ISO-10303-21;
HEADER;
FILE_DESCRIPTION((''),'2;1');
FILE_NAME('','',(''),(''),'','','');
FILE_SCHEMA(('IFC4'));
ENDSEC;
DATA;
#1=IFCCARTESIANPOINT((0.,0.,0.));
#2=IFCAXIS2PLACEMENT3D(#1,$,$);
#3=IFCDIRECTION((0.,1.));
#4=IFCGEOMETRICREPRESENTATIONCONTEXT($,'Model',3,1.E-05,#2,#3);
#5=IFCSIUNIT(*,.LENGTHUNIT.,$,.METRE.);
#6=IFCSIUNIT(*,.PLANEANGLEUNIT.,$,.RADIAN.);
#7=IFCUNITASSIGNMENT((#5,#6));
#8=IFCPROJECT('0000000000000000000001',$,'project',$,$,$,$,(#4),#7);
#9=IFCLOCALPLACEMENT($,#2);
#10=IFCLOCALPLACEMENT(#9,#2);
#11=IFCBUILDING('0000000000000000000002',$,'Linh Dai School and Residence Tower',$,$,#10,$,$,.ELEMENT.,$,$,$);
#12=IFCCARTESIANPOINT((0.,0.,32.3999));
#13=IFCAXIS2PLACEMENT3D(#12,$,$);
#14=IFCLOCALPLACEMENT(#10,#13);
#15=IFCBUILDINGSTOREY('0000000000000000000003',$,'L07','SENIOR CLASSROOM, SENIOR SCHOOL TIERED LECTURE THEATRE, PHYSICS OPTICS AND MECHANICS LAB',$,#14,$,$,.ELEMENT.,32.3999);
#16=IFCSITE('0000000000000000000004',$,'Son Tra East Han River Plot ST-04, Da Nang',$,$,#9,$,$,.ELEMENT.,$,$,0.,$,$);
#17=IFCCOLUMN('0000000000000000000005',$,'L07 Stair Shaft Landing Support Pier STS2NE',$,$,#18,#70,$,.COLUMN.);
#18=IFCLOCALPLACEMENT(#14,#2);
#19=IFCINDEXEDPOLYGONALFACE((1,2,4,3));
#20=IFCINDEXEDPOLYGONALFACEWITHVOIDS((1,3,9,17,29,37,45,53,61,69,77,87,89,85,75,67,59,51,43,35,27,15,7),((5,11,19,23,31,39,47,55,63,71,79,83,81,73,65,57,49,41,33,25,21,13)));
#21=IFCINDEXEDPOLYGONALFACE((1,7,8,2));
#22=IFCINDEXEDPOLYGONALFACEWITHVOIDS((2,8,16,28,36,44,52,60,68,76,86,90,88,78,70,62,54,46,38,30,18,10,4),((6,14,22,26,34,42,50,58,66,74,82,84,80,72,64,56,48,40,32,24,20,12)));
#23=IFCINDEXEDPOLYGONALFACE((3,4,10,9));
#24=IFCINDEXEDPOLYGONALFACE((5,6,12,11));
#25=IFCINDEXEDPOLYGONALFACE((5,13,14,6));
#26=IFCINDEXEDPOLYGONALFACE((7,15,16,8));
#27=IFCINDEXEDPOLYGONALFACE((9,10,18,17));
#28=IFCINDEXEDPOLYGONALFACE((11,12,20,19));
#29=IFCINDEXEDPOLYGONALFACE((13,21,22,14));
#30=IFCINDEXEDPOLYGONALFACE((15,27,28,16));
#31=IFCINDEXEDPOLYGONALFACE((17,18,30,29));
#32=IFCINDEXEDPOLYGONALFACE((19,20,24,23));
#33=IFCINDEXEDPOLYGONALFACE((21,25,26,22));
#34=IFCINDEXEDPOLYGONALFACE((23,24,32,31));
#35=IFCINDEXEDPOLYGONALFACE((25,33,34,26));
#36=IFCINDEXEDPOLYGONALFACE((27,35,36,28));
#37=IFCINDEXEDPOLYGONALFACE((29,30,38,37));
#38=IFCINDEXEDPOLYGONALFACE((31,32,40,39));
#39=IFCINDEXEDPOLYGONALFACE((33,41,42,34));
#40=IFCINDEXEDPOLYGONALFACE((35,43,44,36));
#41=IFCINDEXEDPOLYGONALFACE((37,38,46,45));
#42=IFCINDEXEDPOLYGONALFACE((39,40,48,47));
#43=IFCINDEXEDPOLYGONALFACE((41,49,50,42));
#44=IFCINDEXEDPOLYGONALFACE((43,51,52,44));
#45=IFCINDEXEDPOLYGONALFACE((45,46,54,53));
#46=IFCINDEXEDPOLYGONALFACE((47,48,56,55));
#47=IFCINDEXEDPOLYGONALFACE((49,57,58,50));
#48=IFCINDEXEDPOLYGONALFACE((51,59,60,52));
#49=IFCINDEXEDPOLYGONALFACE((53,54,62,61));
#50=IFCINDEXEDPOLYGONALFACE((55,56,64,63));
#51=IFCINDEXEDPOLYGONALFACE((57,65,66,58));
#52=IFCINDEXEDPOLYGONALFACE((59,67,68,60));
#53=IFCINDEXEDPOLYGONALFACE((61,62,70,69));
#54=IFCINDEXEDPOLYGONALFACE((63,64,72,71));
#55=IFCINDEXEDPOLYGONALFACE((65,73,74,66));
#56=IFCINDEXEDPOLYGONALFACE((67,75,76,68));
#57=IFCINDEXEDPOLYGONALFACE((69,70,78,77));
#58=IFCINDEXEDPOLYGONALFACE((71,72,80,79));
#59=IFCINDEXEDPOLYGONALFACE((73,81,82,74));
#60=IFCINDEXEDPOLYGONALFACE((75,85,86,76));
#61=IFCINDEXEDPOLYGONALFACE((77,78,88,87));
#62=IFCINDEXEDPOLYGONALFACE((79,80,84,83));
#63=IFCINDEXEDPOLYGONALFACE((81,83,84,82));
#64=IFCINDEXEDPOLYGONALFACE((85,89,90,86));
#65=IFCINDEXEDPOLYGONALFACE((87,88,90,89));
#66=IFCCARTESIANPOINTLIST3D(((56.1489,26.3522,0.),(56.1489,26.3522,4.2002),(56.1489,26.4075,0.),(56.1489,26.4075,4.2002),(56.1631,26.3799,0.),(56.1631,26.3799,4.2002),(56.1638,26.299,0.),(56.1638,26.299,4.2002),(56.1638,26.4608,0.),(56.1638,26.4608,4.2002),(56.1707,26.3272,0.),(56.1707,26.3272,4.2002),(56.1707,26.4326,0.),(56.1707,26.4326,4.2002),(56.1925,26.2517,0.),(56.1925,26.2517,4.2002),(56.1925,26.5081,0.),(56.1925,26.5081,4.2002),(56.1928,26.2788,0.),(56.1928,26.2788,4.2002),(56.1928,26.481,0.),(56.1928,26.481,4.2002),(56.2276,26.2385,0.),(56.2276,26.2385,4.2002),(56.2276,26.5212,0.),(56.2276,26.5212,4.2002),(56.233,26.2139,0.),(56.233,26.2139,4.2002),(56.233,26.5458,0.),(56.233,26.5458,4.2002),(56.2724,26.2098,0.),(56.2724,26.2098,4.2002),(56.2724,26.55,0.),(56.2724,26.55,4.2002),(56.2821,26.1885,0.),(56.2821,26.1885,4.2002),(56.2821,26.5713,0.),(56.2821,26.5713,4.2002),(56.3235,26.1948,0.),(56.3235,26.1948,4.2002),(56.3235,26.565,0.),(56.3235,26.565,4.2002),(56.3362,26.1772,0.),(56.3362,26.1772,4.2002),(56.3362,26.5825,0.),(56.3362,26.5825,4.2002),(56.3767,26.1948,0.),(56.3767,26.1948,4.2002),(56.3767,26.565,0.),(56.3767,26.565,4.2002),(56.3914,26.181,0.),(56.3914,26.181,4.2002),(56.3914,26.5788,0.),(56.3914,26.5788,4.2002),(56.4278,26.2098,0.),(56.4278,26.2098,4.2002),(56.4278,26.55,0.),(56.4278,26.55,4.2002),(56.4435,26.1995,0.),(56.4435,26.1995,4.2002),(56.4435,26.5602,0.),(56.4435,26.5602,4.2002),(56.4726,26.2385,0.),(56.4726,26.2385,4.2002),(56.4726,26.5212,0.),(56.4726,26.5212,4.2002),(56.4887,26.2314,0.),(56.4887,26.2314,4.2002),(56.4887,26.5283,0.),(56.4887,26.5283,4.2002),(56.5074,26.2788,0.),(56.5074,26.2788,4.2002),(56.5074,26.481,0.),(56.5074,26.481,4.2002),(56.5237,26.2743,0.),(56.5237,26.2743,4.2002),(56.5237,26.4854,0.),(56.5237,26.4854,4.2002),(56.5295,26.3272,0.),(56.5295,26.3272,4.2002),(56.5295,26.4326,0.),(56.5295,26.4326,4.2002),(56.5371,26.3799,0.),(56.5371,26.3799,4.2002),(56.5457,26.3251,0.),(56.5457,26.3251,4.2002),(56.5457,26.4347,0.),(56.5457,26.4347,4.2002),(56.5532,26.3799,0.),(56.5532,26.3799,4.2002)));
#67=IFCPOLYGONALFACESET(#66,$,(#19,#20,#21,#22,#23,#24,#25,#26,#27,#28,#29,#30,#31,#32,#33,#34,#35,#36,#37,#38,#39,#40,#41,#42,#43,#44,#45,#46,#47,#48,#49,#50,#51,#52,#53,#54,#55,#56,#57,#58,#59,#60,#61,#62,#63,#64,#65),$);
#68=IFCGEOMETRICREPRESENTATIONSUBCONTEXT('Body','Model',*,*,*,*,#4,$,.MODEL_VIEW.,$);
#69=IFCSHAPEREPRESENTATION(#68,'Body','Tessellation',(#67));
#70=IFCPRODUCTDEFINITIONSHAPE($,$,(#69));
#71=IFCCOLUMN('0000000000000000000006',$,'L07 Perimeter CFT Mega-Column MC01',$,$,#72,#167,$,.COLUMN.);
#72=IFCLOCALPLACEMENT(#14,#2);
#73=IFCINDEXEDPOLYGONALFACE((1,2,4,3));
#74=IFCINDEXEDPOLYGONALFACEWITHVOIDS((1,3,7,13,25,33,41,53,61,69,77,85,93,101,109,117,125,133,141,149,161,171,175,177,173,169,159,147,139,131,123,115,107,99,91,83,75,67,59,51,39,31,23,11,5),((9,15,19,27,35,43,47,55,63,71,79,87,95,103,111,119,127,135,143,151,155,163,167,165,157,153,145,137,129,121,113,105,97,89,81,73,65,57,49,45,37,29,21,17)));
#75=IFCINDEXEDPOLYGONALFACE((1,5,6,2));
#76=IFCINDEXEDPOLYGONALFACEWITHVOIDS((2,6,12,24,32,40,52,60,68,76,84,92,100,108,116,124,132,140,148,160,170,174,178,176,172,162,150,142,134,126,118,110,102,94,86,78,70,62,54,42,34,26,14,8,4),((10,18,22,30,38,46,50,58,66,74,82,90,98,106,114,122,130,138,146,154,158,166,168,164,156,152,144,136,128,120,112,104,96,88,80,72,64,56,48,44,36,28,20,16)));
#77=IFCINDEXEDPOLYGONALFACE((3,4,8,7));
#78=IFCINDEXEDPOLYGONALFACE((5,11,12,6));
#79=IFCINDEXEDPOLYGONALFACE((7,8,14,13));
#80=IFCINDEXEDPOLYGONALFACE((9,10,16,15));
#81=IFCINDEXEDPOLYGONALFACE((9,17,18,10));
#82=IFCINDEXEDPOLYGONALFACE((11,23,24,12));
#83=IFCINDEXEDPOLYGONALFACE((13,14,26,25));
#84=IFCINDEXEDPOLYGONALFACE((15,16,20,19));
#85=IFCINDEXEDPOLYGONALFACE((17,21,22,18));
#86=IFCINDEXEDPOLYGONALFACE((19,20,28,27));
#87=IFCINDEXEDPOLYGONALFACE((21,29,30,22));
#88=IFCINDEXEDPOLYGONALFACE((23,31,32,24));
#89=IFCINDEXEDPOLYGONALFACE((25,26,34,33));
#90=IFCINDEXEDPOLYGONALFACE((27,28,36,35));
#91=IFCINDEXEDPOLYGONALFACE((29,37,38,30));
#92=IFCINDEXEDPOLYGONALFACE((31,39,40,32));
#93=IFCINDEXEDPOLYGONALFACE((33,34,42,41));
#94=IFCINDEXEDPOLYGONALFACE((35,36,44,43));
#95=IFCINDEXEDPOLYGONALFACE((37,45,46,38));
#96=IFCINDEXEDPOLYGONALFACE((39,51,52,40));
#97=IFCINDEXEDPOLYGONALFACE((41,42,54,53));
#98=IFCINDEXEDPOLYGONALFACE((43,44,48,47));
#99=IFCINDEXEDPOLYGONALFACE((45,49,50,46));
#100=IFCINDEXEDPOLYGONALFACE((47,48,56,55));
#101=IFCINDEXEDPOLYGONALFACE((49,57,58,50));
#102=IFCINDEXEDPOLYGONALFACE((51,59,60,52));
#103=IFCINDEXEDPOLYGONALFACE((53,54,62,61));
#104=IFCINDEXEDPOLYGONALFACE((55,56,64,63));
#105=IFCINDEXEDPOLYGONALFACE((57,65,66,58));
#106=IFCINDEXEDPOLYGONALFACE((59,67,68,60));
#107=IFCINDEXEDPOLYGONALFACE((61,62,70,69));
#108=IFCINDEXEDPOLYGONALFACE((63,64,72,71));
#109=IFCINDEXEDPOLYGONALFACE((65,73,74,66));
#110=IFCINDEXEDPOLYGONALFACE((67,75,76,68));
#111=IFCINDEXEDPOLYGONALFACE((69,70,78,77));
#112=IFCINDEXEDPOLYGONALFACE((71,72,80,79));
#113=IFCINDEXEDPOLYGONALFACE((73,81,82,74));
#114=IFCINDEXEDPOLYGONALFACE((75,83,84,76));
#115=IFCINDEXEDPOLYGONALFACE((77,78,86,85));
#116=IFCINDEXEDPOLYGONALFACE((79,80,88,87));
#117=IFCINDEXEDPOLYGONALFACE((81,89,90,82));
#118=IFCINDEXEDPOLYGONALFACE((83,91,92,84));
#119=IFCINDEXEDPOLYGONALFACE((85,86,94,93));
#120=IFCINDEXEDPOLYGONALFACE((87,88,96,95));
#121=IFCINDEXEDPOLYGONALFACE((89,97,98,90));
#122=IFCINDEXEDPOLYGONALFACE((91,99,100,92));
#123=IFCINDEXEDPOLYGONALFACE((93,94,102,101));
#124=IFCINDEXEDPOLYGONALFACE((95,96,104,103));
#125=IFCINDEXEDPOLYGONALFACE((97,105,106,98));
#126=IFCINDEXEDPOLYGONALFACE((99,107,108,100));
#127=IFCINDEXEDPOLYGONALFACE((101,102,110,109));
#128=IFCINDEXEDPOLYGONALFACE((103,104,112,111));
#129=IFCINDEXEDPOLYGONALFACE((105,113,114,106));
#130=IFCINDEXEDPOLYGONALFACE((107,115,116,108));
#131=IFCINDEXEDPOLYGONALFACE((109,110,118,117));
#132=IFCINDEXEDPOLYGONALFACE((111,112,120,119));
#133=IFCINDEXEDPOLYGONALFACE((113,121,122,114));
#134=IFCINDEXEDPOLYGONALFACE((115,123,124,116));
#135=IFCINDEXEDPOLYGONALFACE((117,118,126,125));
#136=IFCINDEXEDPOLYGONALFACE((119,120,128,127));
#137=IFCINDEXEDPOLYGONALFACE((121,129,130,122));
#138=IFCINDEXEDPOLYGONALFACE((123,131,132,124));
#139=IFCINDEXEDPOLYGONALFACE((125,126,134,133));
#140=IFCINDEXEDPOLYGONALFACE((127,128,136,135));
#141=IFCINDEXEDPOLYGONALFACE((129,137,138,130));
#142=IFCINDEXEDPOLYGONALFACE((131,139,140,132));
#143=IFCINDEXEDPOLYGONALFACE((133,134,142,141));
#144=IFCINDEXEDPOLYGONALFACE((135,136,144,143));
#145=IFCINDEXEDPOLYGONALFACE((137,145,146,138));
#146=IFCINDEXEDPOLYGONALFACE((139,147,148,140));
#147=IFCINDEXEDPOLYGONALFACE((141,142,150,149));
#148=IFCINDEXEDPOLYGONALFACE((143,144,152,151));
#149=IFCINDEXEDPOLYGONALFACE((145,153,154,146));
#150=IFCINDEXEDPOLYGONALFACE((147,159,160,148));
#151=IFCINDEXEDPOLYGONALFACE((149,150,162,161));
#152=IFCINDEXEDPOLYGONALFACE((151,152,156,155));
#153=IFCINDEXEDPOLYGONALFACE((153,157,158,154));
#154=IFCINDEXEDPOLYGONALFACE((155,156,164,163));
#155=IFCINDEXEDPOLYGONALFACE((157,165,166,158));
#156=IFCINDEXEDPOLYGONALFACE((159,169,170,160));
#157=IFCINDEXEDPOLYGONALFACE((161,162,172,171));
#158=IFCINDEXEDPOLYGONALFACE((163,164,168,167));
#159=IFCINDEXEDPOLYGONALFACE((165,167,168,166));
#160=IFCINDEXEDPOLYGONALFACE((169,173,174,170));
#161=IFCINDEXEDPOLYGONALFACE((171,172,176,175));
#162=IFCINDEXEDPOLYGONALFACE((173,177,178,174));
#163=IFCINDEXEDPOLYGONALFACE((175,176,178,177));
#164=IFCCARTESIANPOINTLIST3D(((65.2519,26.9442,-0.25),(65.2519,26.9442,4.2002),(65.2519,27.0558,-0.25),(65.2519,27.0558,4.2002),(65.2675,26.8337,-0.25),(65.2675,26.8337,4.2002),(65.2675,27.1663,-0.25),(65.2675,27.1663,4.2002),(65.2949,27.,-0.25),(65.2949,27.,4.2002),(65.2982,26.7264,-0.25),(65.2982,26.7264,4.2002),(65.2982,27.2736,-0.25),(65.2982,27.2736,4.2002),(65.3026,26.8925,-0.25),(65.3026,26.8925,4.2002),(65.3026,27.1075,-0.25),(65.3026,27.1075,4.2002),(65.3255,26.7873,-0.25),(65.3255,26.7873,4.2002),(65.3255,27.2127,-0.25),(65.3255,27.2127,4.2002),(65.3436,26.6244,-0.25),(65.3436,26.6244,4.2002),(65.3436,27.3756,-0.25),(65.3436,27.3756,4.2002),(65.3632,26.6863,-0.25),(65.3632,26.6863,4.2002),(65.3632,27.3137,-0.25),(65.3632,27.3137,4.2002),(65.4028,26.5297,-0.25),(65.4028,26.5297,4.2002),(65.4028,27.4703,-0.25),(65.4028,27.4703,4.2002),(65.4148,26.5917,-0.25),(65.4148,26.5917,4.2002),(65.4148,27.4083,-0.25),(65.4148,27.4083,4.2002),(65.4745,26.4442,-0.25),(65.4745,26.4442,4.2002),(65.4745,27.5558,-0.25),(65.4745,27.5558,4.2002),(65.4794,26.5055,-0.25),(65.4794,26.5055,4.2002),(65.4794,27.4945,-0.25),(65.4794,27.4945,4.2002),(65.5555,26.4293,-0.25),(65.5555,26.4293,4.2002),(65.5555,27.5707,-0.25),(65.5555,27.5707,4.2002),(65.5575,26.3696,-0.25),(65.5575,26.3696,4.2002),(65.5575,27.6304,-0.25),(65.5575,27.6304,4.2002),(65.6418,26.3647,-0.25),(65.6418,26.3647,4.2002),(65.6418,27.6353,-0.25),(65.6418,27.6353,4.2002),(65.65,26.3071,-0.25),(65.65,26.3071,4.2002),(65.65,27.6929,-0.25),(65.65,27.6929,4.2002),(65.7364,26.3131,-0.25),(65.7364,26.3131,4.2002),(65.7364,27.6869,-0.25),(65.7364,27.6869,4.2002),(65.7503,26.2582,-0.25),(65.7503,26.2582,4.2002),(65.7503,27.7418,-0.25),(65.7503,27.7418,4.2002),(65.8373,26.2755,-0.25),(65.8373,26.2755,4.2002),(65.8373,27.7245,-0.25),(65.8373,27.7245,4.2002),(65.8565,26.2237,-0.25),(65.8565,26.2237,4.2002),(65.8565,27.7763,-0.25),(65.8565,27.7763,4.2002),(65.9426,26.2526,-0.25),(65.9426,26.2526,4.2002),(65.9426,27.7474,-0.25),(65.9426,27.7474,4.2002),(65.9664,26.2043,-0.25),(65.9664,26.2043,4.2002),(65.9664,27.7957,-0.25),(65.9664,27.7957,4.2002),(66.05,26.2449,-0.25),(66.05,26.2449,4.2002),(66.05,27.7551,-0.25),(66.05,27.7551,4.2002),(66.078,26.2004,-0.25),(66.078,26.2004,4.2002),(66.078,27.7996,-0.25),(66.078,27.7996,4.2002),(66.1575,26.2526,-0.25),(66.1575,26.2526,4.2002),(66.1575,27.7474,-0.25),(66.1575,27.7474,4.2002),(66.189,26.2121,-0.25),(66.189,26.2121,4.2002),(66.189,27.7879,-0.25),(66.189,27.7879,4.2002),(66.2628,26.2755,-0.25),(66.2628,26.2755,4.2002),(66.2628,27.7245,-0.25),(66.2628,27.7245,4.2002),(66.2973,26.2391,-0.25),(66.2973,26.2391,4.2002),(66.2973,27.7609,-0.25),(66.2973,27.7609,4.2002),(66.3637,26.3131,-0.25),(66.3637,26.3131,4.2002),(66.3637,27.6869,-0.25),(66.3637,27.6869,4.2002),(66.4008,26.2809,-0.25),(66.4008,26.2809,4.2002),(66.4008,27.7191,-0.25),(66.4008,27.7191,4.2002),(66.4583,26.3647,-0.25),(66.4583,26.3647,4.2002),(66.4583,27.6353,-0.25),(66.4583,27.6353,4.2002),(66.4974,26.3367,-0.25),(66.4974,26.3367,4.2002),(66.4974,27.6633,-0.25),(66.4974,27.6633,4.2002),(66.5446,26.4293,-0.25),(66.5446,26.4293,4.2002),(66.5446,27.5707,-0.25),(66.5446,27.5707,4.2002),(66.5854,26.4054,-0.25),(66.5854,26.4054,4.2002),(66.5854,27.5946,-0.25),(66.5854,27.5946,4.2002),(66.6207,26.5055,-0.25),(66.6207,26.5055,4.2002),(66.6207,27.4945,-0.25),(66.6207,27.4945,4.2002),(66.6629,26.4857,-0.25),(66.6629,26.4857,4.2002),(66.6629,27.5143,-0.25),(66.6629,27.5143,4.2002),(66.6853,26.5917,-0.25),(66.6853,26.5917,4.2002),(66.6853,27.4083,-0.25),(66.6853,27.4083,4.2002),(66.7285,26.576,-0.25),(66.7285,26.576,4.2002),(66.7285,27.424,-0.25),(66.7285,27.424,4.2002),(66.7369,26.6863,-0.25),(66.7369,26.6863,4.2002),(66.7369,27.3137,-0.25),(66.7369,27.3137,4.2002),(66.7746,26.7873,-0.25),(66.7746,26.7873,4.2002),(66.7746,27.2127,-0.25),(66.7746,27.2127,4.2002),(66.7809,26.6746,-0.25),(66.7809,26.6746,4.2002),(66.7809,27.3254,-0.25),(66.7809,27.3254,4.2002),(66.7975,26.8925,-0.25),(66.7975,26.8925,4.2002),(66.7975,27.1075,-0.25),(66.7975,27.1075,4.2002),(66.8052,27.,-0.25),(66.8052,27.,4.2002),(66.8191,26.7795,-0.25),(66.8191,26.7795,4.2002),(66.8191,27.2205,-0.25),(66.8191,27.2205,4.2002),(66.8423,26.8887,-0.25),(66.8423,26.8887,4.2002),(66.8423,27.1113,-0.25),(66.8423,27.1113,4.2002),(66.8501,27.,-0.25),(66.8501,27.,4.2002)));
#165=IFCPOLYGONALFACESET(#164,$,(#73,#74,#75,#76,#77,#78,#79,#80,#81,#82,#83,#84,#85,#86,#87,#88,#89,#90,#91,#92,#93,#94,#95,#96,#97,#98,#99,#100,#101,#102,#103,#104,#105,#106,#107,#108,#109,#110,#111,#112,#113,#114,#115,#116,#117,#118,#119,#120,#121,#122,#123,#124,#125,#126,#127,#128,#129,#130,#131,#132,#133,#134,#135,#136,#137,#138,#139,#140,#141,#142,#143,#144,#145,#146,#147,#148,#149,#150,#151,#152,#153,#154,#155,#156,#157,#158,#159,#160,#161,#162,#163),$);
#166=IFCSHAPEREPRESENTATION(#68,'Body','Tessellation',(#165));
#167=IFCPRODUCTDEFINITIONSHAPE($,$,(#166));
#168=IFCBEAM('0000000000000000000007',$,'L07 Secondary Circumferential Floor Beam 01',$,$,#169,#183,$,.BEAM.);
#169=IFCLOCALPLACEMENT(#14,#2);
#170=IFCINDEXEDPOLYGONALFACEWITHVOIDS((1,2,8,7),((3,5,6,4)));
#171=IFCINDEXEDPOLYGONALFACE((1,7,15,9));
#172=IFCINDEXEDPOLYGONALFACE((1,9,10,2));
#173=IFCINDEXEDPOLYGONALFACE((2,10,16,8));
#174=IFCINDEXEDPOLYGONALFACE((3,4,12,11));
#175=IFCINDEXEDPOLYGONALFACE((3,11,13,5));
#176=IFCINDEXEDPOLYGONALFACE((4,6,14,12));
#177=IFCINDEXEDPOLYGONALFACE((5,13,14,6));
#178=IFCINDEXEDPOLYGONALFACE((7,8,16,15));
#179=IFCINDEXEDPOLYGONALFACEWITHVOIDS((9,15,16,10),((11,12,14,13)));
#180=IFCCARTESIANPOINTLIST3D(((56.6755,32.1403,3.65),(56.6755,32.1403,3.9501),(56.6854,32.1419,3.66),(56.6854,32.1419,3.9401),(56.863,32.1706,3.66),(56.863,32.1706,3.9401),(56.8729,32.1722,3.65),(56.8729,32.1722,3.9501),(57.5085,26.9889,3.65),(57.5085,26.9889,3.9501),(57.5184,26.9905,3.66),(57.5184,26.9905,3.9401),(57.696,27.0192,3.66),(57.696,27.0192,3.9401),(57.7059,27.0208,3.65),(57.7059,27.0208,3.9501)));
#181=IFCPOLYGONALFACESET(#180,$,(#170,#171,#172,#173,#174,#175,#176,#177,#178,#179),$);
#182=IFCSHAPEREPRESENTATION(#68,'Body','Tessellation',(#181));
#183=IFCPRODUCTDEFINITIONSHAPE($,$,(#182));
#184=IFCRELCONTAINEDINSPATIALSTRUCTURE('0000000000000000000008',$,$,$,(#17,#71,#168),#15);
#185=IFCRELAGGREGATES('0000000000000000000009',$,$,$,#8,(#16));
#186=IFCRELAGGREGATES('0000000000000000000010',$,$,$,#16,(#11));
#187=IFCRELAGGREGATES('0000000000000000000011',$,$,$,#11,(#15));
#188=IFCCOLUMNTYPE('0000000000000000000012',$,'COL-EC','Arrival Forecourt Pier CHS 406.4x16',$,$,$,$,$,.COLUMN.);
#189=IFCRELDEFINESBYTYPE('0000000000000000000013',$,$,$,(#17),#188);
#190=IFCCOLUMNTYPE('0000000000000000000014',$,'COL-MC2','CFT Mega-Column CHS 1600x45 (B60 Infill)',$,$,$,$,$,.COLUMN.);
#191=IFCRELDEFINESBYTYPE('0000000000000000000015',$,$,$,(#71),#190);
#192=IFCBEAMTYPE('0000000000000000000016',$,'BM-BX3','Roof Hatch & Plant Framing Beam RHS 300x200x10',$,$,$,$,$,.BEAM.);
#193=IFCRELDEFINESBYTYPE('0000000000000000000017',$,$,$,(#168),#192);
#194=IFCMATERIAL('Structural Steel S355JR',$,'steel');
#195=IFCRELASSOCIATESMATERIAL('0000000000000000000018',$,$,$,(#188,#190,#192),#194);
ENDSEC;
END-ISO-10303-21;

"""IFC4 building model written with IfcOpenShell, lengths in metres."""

from ifc_helpers import new_model, si_unit, direction, frame, origin, origin_2d, place, context, subcontext, project, spatial, hollow_rectangle, hollow_circle, extrude, material, material_profile, profile_set, type_object, element, save


model = new_model("IFC4")

# Units and contexts
model_context = context("Model", 3, precision=1e-05, world=origin(), true_north=direction((0.0, 1.0)))
body_context = subcontext(model_context, "Body", "Model", "MODEL_VIEW")
ifc_project = project(units=[si_unit("LENGTHUNIT", "METRE"), si_unit("PLANEANGLEUNIT", "RADIAN")], contexts=[model_context])

# Site, building, storey
site_placement = place(None, origin())
site = spatial("IfcSite", under=ifc_project, at=site_placement, Name="Son Tra East Han River Plot ST-04, Da Nang", CompositionType="ELEMENT", RefElevation=0.0)
building_placement = place(site_placement, origin())
building = spatial("IfcBuilding", under=site, at=building_placement, Name="Linh Dai School and Residence Tower", CompositionType="ELEMENT")
storey_placement = place(building_placement, frame((0.0, 0.0, 32.3999)))
storey = spatial("IfcBuildingStorey", under=building, at=storey_placement, Name="L07", Description="SENIOR CLASSROOM, SENIOR SCHOOL TIERED LECTURE THEATRE, PHYSICS OPTICS AND MECHANICS LAB", CompositionType="ELEMENT", Elevation=32.3999)

# Columns
ifc_material_1 = material(Name="Structural Steel S355JR", Category="steel")
ifc_material_profile_1 = material_profile(ifc_material_1, hollow_circle(Radius=0.2031, WallThickness=0.0161, at=origin_2d()), Name="CHS 406.4x16")
ifc_profile_set_1 = profile_set([ifc_material_profile_1], Name="Structural Steel S355JR")
column_type_1 = type_object("IfcColumnType", Name="COL-EC", Description="Arrival Forecourt Pier CHS 406.4x16", PredefinedType="COLUMN", material=ifc_profile_set_1)
column_1_placement = place(storey_placement, frame((56.3501, 26.3799, 0.0), z_axis=(0.0, 0.0, 1.0), x_axis=(1.0, 0.0, 0.0)))
element("IfcColumn", 1, at=column_1_placement, inside=storey, type_object=column_type_1, Name="L07 Stair Shaft Landing Support Pier STS2NE", PredefinedType="COLUMN", context=body_context, shape_type="SweptSolid", body=[
    extrude(hollow_circle(Radius=0.2031, WallThickness=0.0161, at=origin_2d()), origin(), (0.0, 0.0, 1.0), 4.2002),
])
ifc_material_profile_2 = material_profile(ifc_material_1, hollow_circle(Radius=0.8, WallThickness=0.0449, at=origin_2d()), Name="CHS 1600x45")
ifc_profile_set_2 = profile_set([ifc_material_profile_2], Name="Structural Steel S355JR")
column_type_2 = type_object("IfcColumnType", Name="COL-MC2", Description="CFT Mega-Column CHS 1600x45 (B60 Infill)", PredefinedType="COLUMN", material=ifc_profile_set_2)
column_2_placement = place(storey_placement, frame((66.05, 27.0, -0.25), z_axis=(0.0, 0.0, 1.0), x_axis=(1.0, 0.0, 0.0)))
element("IfcColumn", 2, at=column_2_placement, inside=storey, type_object=column_type_2, Name="L07 Perimeter CFT Mega-Column MC01", PredefinedType="COLUMN", context=body_context, shape_type="SweptSolid", body=[
    extrude(hollow_circle(Radius=0.8, WallThickness=0.0449, at=origin_2d()), origin(), (0.0, 0.0, 1.0), 4.4502),
])

# Beam
ifc_material_profile_3 = material_profile(ifc_material_1, hollow_rectangle(XDim=0.2, YDim=0.3, WallThickness=0.01, at=origin_2d()), Name="RHS 300x200x10")
ifc_profile_set_3 = profile_set([ifc_material_profile_3], Name="Structural Steel S355JR")
beam_type_1 = type_object("IfcBeamType", Name="BM-BX3", Description="Roof Hatch & Plant Framing Beam RHS 300x200x10", PredefinedType="BEAM", material=ifc_profile_set_3)
beam_1_placement = place(storey_placement, frame((57.6072, 27.0049, 3.8), z_axis=(-0.159633, 0.987177, 0.0), x_axis=(-0.987177, -0.159633, 0.0)))
element("IfcBeam", 3, at=beam_1_placement, inside=storey, type_object=beam_type_1, Name="L07 Secondary Circumferential Floor Beam 01", PredefinedType="BEAM", context=body_context, shape_type="SweptSolid", body=[
    extrude(hollow_rectangle(XDim=0.2, YDim=0.3, WallThickness=0.01, at=origin_2d()), origin(), (0.0, 0.0, 1.0), 5.2183),
])

save(model, "model.ifc")
